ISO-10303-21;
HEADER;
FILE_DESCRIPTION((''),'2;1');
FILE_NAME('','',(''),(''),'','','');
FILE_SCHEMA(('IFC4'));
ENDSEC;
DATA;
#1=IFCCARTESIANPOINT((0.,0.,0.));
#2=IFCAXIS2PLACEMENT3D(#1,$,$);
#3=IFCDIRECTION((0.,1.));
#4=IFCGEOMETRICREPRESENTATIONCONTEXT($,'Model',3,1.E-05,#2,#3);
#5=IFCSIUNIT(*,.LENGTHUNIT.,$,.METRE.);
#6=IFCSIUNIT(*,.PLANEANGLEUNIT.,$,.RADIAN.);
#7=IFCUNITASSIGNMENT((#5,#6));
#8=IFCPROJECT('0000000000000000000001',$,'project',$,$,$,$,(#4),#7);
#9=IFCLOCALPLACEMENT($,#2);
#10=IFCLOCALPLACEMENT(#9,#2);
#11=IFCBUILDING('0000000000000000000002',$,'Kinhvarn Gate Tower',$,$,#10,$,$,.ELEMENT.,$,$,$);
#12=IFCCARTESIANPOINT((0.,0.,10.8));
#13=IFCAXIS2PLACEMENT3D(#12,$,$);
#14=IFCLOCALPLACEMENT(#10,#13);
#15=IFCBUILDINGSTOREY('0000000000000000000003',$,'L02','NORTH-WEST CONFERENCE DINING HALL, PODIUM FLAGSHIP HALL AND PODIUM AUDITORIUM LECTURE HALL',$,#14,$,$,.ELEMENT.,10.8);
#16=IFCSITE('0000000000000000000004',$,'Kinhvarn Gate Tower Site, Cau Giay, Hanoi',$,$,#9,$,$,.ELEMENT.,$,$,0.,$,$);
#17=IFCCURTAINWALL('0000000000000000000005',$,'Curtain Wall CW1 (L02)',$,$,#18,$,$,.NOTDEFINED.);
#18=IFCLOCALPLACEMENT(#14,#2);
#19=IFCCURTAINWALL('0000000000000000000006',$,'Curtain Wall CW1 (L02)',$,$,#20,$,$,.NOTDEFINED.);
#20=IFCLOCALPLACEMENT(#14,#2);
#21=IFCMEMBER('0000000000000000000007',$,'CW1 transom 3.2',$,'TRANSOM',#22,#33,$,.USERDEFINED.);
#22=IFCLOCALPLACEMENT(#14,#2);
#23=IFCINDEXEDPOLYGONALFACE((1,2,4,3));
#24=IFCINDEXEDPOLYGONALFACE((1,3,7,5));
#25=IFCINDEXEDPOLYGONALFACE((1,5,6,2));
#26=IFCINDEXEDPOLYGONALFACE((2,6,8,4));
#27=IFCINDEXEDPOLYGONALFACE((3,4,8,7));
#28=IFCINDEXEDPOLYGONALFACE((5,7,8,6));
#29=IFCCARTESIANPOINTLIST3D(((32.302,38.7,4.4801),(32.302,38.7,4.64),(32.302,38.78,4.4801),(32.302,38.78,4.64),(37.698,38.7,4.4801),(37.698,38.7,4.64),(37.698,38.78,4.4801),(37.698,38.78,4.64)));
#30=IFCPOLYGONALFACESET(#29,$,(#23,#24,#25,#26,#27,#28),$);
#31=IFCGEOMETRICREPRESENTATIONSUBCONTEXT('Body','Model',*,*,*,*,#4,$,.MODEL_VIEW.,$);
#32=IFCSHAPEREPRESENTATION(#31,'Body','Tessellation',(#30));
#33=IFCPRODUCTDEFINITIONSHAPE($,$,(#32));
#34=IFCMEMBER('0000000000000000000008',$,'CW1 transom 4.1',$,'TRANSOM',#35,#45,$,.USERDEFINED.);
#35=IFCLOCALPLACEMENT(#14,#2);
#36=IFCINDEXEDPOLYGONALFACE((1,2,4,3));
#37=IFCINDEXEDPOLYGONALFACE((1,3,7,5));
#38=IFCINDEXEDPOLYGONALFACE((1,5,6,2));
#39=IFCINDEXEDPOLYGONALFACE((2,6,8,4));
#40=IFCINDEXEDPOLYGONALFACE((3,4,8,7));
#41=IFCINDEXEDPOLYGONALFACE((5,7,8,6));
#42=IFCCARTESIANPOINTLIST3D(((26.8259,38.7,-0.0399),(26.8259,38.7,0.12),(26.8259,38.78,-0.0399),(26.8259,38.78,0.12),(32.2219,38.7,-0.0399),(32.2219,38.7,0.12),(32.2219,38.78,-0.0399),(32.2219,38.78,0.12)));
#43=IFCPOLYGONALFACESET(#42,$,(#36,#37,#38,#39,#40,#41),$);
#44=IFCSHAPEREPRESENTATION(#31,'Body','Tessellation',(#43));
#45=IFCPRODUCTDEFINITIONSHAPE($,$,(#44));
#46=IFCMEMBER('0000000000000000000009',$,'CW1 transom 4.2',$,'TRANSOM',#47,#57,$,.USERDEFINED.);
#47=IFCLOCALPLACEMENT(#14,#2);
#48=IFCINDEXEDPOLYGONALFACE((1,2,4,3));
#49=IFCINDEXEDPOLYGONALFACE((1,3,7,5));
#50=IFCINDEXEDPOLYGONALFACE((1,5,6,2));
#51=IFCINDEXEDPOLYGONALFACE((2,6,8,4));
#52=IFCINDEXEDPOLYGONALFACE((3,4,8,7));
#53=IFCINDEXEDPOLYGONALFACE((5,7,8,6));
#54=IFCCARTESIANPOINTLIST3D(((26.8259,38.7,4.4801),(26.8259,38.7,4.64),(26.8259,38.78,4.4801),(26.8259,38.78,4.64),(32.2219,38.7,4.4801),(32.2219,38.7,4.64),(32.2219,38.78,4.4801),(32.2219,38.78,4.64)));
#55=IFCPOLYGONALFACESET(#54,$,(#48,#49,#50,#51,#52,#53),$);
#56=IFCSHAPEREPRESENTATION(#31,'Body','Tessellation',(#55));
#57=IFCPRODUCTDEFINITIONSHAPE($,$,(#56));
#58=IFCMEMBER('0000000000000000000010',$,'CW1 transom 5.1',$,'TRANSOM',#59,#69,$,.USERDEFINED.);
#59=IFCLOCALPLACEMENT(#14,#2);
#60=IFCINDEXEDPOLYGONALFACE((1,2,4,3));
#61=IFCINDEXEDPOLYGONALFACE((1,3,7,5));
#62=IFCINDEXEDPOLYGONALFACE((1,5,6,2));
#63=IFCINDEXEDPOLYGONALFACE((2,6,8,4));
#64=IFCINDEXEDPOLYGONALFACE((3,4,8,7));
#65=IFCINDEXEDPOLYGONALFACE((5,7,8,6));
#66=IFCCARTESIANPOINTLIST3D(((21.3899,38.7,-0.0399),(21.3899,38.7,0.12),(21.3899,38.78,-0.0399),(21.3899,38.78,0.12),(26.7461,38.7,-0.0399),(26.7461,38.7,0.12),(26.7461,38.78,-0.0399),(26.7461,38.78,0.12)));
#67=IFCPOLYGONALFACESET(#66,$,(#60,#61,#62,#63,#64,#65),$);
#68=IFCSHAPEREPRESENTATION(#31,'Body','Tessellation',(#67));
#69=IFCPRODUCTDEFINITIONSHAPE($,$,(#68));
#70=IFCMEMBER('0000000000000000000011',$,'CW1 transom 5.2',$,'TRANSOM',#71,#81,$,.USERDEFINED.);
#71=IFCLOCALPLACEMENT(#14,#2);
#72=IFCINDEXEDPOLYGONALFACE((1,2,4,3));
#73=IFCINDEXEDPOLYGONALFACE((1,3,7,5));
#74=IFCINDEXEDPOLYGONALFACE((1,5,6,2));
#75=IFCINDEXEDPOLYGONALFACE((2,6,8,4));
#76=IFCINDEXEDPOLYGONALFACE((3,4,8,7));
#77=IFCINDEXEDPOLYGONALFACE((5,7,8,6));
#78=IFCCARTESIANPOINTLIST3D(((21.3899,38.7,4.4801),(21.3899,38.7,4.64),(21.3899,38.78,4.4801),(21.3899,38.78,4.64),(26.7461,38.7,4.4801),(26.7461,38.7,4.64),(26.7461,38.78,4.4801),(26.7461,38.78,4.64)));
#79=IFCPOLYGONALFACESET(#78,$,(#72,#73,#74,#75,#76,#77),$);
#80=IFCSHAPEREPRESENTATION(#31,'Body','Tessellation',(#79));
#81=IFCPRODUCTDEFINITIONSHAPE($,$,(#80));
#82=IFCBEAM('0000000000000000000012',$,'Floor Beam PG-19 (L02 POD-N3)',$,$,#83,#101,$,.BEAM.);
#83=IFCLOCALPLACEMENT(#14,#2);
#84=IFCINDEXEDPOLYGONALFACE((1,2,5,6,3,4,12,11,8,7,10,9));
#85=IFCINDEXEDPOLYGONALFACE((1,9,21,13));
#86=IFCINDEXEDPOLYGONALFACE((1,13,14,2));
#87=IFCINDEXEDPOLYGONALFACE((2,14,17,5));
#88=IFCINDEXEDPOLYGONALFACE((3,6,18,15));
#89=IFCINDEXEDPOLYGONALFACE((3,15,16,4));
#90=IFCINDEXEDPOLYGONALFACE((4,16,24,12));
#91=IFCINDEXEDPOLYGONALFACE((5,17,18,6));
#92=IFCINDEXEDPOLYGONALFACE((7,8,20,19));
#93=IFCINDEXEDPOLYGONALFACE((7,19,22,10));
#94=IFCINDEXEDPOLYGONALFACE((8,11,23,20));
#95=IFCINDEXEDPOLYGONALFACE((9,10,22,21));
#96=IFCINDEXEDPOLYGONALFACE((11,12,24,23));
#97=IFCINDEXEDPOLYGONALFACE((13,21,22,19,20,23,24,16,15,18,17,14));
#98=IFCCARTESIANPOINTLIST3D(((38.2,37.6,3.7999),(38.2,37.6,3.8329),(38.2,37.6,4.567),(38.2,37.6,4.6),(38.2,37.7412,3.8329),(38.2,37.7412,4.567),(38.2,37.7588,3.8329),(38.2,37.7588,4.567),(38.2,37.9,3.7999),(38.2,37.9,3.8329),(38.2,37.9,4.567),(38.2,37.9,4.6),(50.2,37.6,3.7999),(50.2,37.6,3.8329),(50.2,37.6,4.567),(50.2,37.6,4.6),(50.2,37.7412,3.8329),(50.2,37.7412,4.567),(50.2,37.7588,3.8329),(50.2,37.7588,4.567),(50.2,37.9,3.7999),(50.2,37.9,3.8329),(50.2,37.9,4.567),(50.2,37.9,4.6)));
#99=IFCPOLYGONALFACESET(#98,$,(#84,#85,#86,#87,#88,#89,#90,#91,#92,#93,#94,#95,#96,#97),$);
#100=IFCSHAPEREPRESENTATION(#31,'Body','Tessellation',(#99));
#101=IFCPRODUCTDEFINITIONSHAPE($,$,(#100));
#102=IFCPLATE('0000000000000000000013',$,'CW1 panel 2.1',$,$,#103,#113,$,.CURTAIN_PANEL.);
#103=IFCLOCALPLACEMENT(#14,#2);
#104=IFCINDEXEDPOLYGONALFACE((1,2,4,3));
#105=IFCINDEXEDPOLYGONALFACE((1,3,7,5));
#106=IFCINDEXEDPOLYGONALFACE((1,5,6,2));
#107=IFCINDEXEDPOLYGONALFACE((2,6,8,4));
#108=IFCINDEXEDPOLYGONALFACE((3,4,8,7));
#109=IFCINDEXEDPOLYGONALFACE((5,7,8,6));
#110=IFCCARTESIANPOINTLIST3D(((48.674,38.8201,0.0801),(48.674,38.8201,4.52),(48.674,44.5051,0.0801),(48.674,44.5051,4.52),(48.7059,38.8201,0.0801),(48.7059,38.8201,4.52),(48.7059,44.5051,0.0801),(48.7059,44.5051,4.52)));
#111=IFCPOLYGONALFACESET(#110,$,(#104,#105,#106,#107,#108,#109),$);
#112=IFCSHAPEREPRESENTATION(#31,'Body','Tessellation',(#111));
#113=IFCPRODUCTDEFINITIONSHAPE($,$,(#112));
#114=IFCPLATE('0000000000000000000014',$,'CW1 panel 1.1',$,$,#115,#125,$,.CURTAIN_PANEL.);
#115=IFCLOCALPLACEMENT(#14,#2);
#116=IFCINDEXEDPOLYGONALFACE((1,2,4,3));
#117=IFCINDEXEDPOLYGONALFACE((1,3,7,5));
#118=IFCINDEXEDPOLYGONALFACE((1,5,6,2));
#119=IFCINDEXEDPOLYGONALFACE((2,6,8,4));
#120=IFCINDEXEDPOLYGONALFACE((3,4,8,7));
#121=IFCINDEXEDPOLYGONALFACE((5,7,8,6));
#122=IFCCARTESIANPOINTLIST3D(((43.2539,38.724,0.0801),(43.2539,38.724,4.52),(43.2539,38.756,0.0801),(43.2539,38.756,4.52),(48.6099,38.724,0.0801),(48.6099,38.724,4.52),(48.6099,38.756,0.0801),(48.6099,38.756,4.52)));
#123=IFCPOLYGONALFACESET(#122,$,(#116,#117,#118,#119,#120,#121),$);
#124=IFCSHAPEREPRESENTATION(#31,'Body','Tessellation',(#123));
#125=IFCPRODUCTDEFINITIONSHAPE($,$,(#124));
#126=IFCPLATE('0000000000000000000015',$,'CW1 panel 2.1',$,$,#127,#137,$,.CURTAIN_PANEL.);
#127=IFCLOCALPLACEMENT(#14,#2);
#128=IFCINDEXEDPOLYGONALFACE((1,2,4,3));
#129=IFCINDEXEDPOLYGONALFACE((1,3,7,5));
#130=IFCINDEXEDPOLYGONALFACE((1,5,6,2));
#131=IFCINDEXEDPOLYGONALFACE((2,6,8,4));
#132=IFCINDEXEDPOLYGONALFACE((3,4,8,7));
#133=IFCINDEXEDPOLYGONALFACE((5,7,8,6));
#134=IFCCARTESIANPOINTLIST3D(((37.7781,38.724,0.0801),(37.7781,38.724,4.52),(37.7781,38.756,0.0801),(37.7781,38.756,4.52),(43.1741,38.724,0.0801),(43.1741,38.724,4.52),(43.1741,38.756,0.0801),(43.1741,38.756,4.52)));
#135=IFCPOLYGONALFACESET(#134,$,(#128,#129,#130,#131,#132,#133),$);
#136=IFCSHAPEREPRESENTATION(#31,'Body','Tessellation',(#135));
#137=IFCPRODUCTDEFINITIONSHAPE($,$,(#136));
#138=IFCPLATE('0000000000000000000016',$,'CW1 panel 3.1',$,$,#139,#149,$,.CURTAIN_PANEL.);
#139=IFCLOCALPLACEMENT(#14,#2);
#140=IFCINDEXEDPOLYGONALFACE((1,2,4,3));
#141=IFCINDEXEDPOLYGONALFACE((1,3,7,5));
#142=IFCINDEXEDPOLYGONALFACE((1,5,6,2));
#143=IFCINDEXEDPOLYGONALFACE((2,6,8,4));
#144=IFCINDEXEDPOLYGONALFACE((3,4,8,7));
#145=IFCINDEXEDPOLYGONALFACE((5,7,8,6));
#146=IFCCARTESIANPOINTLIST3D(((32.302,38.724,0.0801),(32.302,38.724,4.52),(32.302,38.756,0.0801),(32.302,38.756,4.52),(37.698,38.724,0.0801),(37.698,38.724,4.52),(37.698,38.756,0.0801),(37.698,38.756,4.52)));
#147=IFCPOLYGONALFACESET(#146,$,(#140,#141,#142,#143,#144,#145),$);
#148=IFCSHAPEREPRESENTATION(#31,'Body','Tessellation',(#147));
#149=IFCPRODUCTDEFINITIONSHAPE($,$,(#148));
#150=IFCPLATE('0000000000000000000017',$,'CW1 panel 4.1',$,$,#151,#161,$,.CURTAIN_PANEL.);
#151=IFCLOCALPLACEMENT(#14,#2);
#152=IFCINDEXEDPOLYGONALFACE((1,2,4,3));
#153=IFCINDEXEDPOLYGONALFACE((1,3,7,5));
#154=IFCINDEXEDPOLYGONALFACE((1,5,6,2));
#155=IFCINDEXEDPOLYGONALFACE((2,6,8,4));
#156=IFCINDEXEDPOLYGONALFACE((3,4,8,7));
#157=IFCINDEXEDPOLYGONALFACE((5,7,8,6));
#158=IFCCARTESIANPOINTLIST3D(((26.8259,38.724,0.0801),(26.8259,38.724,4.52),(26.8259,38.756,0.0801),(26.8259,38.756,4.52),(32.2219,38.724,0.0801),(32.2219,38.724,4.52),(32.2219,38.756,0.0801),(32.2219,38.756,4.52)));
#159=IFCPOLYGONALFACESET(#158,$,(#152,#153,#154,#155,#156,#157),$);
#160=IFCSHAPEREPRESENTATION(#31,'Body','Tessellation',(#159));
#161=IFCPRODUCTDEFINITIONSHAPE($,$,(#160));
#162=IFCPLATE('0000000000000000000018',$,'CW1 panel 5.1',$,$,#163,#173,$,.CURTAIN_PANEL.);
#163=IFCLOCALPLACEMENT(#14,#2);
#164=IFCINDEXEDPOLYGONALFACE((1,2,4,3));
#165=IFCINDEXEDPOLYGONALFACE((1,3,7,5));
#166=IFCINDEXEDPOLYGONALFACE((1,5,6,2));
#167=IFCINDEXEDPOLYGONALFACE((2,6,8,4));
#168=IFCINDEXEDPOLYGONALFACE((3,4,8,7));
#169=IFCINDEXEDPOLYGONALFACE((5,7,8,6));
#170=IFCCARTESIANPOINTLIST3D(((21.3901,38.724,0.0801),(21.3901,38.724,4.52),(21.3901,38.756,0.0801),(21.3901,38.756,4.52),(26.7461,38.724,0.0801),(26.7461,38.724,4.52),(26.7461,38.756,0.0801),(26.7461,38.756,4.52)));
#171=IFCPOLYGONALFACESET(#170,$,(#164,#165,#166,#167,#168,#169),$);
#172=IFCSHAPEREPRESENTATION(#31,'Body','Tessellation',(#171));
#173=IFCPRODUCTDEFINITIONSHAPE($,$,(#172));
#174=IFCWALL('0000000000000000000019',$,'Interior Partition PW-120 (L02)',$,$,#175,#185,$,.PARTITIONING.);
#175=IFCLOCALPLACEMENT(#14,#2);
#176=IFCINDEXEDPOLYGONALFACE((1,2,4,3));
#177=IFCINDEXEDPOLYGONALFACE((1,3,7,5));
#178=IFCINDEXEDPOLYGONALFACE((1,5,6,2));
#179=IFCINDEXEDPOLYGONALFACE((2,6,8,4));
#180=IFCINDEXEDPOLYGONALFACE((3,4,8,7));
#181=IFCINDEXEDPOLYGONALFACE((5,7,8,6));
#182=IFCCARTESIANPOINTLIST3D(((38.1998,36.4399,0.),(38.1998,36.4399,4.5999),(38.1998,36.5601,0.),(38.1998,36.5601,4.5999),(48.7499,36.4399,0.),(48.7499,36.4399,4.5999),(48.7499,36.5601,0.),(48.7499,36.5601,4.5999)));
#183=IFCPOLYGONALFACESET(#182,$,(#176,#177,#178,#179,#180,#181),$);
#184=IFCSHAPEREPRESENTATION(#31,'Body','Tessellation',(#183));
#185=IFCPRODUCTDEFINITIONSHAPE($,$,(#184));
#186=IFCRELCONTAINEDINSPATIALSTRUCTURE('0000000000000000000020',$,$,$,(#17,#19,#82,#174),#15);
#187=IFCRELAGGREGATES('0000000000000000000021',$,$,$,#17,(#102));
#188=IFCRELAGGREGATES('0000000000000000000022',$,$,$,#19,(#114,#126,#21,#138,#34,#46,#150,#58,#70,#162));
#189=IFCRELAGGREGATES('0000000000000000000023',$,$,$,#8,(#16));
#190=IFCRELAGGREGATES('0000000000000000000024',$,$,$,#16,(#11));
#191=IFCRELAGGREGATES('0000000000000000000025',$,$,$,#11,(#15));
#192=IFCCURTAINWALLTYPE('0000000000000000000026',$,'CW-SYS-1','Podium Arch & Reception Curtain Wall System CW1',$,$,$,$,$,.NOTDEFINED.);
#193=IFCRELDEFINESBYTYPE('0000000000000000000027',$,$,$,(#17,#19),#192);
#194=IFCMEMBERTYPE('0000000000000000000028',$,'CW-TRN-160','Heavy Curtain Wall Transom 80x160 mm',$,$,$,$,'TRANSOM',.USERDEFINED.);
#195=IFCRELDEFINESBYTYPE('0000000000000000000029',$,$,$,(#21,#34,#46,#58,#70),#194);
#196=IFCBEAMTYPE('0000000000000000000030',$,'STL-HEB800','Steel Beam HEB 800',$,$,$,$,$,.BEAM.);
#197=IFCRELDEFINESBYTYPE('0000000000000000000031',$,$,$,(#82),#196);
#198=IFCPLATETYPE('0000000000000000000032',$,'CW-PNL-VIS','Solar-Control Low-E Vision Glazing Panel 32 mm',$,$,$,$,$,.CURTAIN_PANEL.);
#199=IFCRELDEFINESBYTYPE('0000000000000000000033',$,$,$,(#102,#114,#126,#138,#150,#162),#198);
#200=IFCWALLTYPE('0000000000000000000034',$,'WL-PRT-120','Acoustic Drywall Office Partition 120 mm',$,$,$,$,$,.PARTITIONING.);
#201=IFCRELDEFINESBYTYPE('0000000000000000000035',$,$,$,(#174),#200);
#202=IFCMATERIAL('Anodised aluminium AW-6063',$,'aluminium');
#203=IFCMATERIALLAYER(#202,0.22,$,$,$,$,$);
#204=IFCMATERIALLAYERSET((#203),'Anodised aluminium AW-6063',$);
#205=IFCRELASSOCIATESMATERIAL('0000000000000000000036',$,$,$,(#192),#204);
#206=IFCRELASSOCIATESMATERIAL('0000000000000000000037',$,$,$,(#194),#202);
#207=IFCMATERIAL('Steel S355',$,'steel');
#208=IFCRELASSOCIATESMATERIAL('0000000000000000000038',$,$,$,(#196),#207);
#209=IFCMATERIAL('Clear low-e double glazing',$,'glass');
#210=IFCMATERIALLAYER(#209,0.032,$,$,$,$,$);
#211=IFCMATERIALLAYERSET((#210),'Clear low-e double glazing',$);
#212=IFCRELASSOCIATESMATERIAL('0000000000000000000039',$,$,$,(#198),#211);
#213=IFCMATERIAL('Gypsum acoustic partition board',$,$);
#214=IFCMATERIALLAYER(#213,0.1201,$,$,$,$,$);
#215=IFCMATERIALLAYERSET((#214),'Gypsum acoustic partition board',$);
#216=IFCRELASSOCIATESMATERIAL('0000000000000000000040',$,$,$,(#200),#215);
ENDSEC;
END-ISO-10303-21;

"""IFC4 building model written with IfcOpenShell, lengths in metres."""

from ifc_helpers import new_model, si_unit, direction, frame, frame_2d, origin, origin_2d, place, context, subcontext, project, spatial, rectangle, i_section, extrude, material, layer, layer_set, material_profile, profile_set, type_object, element, aggregate, save


model = new_model("IFC4")

# Units and contexts
model_context = context("Model", 3, precision=1e-05, world=origin(), true_north=direction((0.0, 1.0)))
body_context = subcontext(model_context, "Body", "Model", "MODEL_VIEW")
ifc_project = project(units=[si_unit("LENGTHUNIT", "METRE"), si_unit("PLANEANGLEUNIT", "RADIAN")], contexts=[model_context])

# Site, building, storey
site_placement = place(None, origin())
site = spatial("IfcSite", under=ifc_project, at=site_placement, Name="Kinhvarn Gate Tower Site, Cau Giay, Hanoi", CompositionType="ELEMENT", RefElevation=0.0)
building_placement = place(site_placement, origin())
building = spatial("IfcBuilding", under=site, at=building_placement, Name="Kinhvarn Gate Tower", CompositionType="ELEMENT")
storey_placement = place(building_placement, frame((0.0, 0.0, 10.8)))
storey = spatial("IfcBuildingStorey", under=building, at=storey_placement, Name="L02", Description="NORTH-WEST CONFERENCE DINING HALL, PODIUM FLAGSHIP HALL AND PODIUM AUDITORIUM LECTURE HALL", CompositionType="ELEMENT", Elevation=10.8)

# Curtain wall
ifc_material_1 = material(Name="Anodised aluminium AW-6063", Category="aluminium")
ifc_layer_1 = layer(ifc_material_1, 0.22)
ifc_layer_set_1 = layer_set([ifc_layer_1], Name="Anodised aluminium AW-6063")
curtain_wall_type = type_object("IfcCurtainWallType", Name="CW-SYS-1", Description="Podium Arch & Reception Curtain Wall System CW1", PredefinedType="NOTDEFINED", material=ifc_layer_set_1)
curtain_wall_1_placement = place(storey_placement, origin())
curtain_wall_1 = element("IfcCurtainWall", 1, at=curtain_wall_1_placement, inside=storey, type_object=curtain_wall_type, Name="Curtain Wall CW1 (L02)", PredefinedType="NOTDEFINED")

# Curtain wall
curtain_wall_2_placement = place(storey_placement, origin())
curtain_wall_2 = element("IfcCurtainWall", 2, at=curtain_wall_2_placement, inside=storey, type_object=curtain_wall_type, Name="Curtain Wall CW1 (L02)", PredefinedType="NOTDEFINED")

# Members
ifc_material_profile_1 = material_profile(ifc_material_1, rectangle(XDim=0.0801, YDim=0.1599, at=origin_2d()), Name="ALU 80x160")
ifc_profile_set_1 = profile_set([ifc_material_profile_1], Name="Anodised aluminium AW-6063")
member_type_1 = type_object("IfcMemberType", Name="CW-TRN-160", Description="Heavy Curtain Wall Transom 80x160 mm", ElementType="TRANSOM", PredefinedType="USERDEFINED", material=ifc_profile_set_1)
member_1_placement = place(storey_placement, frame((37.698, 38.74, 4.5601), z_axis=(-1.0, 0.0, 0.0), x_axis=(0.0, -1.0, 0.0)))
member_1 = element("IfcMember", 3, at=member_1_placement, type_object=member_type_1, Name="CW1 transom 3.2", ObjectType="TRANSOM", PredefinedType="USERDEFINED", context=body_context, shape_type="SweptSolid", body=[
    extrude(rectangle(XDim=0.0801, YDim=0.1599, at=origin_2d()), origin(), (0.0, 0.0, 1.0), 5.396),
])
member_2_placement = place(storey_placement, frame((32.2219, 38.74, 0.04), z_axis=(-1.0, 0.0, 0.0), x_axis=(0.0, -1.0, 0.0)))
member_2 = element("IfcMember", 4, at=member_2_placement, type_object=member_type_1, Name="CW1 transom 4.1", ObjectType="TRANSOM", PredefinedType="USERDEFINED", context=body_context, shape_type="SweptSolid", body=[
    extrude(rectangle(XDim=0.0801, YDim=0.1599, at=origin_2d()), origin(), (0.0, 0.0, 1.0), 5.396),
])
member_3_placement = place(storey_placement, frame((32.2219, 38.74, 4.5601), z_axis=(-1.0, 0.0, 0.0), x_axis=(0.0, -1.0, 0.0)))
member_3 = element("IfcMember", 5, at=member_3_placement, type_object=member_type_1, Name="CW1 transom 4.2", ObjectType="TRANSOM", PredefinedType="USERDEFINED", context=body_context, shape_type="SweptSolid", body=[
    extrude(rectangle(XDim=0.0801, YDim=0.1599, at=origin_2d()), origin(), (0.0, 0.0, 1.0), 5.396),
])
member_4_placement = place(storey_placement, frame((26.7461, 38.74, 0.04), z_axis=(-1.0, 0.0, 0.0), x_axis=(0.0, -1.0, 0.0)))
member_4 = element("IfcMember", 6, at=member_4_placement, type_object=member_type_1, Name="CW1 transom 5.1", ObjectType="TRANSOM", PredefinedType="USERDEFINED", context=body_context, shape_type="SweptSolid", body=[
    extrude(rectangle(XDim=0.0801, YDim=0.1599, at=origin_2d()), origin(), (0.0, 0.0, 1.0), 5.3562),
])
member_5_placement = place(storey_placement, frame((26.7461, 38.74, 4.5601), z_axis=(-1.0, 0.0, 0.0), x_axis=(0.0, -1.0, 0.0)))
member_5 = element("IfcMember", 7, at=member_5_placement, type_object=member_type_1, Name="CW1 transom 5.2", ObjectType="TRANSOM", PredefinedType="USERDEFINED", context=body_context, shape_type="SweptSolid", body=[
    extrude(rectangle(XDim=0.0801, YDim=0.1599, at=origin_2d()), origin(), (0.0, 0.0, 1.0), 5.3562),
])

# Beam
ifc_material_2 = material(Name="Steel S355", Category="steel")
ifc_material_profile_2 = material_profile(ifc_material_2, i_section(OverallWidth=0.3, OverallDepth=0.8, WebThickness=0.0176, FlangeThickness=0.033, at=origin_2d()), Name="HEB 800")
ifc_profile_set_2 = profile_set([ifc_material_profile_2], Name="Steel S355")
beam_type_1 = type_object("IfcBeamType", Name="STL-HEB800", Description="Steel Beam HEB 800", PredefinedType="BEAM", material=ifc_profile_set_2)
beam_placement = place(storey_placement, frame((38.2, 37.75, 4.2), z_axis=(1.0, 0.0, 0.0), x_axis=(0.0, 1.0, 0.0)))
element("IfcBeam", 8, at=beam_placement, inside=storey, type_object=beam_type_1, Name="Floor Beam PG-19 (L02 POD-N3)", PredefinedType="BEAM", context=body_context, shape_type="SweptSolid", body=[
    extrude(i_section(OverallWidth=0.3, OverallDepth=0.8, WebThickness=0.0176, FlangeThickness=0.033, at=origin_2d()), origin(), (0.0, 0.0, 1.0), 12.0),
])

# Plates
ifc_material_3 = material(Name="Clear low-e double glazing", Category="glass")
ifc_layer_2 = layer(ifc_material_3, 0.032)
ifc_layer_set_2 = layer_set([ifc_layer_2], Name="Clear low-e double glazing")
plate_type = type_object("IfcPlateType", Name="CW-PNL-VIS", Description="Solar-Control Low-E Vision Glazing Panel 32 mm", PredefinedType="CURTAIN_PANEL", material=ifc_layer_set_2)
plate_1_placement = place(storey_placement, frame((48.6899, 41.6626, 0.0801), z_axis=(0.0, 0.0, 1.0), x_axis=(0.0, -1.0, 0.0)))
plate_1 = element("IfcPlate", 9, at=plate_1_placement, type_object=plate_type, Name="CW1 panel 2.1", PredefinedType="CURTAIN_PANEL", context=body_context, shape_type="SweptSolid", body=[
    extrude(rectangle(XDim=5.6851, YDim=0.032, at=origin_2d()), origin(), (0.0, 0.0, 1.0), 4.4399),
])
aggregate(curtain_wall_1, [plate_1])
plate_2_placement = place(storey_placement, frame((45.9319, 38.74, 0.0801), z_axis=(0.0, 0.0, 1.0), x_axis=(-1.0, 0.0, 0.0)))
plate_2 = element("IfcPlate", 10, at=plate_2_placement, type_object=plate_type, Name="CW1 panel 1.1", PredefinedType="CURTAIN_PANEL", context=body_context, shape_type="SweptSolid", body=[
    extrude(rectangle(XDim=5.356, YDim=0.032, at=origin_2d()), origin(), (0.0, 0.0, 1.0), 4.4399),
])
plate_3_placement = place(storey_placement, frame((40.4761, 38.74, 0.0801), z_axis=(0.0, 0.0, 1.0), x_axis=(-1.0, 0.0, 0.0)))
plate_3 = element("IfcPlate", 11, at=plate_3_placement, type_object=plate_type, Name="CW1 panel 2.1", PredefinedType="CURTAIN_PANEL", context=body_context, shape_type="SweptSolid", body=[
    extrude(rectangle(XDim=5.396, YDim=0.032, at=origin_2d()), origin(), (0.0, 0.0, 1.0), 4.4399),
])
plate_4_placement = place(storey_placement, frame((35.0, 38.74, 0.0801), z_axis=(0.0, 0.0, 1.0), x_axis=(-1.0, 0.0, 0.0)))
plate_4 = element("IfcPlate", 12, at=plate_4_placement, type_object=plate_type, Name="CW1 panel 3.1", PredefinedType="CURTAIN_PANEL", context=body_context, shape_type="SweptSolid", body=[
    extrude(rectangle(XDim=5.396, YDim=0.032, at=origin_2d()), origin(), (0.0, 0.0, 1.0), 4.4399),
])
plate_5_placement = place(storey_placement, frame((29.5239, 38.74, 0.0801), z_axis=(0.0, 0.0, 1.0), x_axis=(-1.0, 0.0, 0.0)))
plate_5 = element("IfcPlate", 13, at=plate_5_placement, type_object=plate_type, Name="CW1 panel 4.1", PredefinedType="CURTAIN_PANEL", context=body_context, shape_type="SweptSolid", body=[
    extrude(rectangle(XDim=5.396, YDim=0.032, at=origin_2d()), origin(), (0.0, 0.0, 1.0), 4.4399),
])
plate_6_placement = place(storey_placement, frame((24.0681, 38.74, 0.0801), z_axis=(0.0, 0.0, 1.0), x_axis=(-1.0, 0.0, 0.0)))
plate_6 = element("IfcPlate", 14, at=plate_6_placement, type_object=plate_type, Name="CW1 panel 5.1", PredefinedType="CURTAIN_PANEL", context=body_context, shape_type="SweptSolid", body=[
    extrude(rectangle(XDim=5.356, YDim=0.032, at=origin_2d()), origin(), (0.0, 0.0, 1.0), 4.4399),
])
aggregate(curtain_wall_2, [plate_2, plate_3, member_1, plate_4, member_2, member_3, plate_5, member_4, member_5, plate_6])

# Wall
ifc_material_4 = material(Name="Gypsum acoustic partition board")
ifc_layer_3 = layer(ifc_material_4, 0.1201)
ifc_layer_set_3 = layer_set([ifc_layer_3], Name="Gypsum acoustic partition board")
wall_type = type_object("IfcWallType", Name="WL-PRT-120", Description="Acoustic Drywall Office Partition 120 mm", PredefinedType="PARTITIONING", material=ifc_layer_set_3)
wall_placement = place(storey_placement, frame((38.2, 36.5, 0.0), z_axis=(0.0, 0.0, 1.0), x_axis=(1.0, 0.0, 0.0)))
element("IfcWall", 15, at=wall_placement, inside=storey, type_object=wall_type, Name="Interior Partition PW-120 (L02)", PredefinedType="PARTITIONING", context=body_context, shape_type="SweptSolid", body=[
    extrude(rectangle(XDim=10.55, YDim=0.1201, at=frame_2d((5.2749, 0.0))), origin(), (0.0, 0.0, 1.0), 4.5999),
])

save(model, "model.ifc")
